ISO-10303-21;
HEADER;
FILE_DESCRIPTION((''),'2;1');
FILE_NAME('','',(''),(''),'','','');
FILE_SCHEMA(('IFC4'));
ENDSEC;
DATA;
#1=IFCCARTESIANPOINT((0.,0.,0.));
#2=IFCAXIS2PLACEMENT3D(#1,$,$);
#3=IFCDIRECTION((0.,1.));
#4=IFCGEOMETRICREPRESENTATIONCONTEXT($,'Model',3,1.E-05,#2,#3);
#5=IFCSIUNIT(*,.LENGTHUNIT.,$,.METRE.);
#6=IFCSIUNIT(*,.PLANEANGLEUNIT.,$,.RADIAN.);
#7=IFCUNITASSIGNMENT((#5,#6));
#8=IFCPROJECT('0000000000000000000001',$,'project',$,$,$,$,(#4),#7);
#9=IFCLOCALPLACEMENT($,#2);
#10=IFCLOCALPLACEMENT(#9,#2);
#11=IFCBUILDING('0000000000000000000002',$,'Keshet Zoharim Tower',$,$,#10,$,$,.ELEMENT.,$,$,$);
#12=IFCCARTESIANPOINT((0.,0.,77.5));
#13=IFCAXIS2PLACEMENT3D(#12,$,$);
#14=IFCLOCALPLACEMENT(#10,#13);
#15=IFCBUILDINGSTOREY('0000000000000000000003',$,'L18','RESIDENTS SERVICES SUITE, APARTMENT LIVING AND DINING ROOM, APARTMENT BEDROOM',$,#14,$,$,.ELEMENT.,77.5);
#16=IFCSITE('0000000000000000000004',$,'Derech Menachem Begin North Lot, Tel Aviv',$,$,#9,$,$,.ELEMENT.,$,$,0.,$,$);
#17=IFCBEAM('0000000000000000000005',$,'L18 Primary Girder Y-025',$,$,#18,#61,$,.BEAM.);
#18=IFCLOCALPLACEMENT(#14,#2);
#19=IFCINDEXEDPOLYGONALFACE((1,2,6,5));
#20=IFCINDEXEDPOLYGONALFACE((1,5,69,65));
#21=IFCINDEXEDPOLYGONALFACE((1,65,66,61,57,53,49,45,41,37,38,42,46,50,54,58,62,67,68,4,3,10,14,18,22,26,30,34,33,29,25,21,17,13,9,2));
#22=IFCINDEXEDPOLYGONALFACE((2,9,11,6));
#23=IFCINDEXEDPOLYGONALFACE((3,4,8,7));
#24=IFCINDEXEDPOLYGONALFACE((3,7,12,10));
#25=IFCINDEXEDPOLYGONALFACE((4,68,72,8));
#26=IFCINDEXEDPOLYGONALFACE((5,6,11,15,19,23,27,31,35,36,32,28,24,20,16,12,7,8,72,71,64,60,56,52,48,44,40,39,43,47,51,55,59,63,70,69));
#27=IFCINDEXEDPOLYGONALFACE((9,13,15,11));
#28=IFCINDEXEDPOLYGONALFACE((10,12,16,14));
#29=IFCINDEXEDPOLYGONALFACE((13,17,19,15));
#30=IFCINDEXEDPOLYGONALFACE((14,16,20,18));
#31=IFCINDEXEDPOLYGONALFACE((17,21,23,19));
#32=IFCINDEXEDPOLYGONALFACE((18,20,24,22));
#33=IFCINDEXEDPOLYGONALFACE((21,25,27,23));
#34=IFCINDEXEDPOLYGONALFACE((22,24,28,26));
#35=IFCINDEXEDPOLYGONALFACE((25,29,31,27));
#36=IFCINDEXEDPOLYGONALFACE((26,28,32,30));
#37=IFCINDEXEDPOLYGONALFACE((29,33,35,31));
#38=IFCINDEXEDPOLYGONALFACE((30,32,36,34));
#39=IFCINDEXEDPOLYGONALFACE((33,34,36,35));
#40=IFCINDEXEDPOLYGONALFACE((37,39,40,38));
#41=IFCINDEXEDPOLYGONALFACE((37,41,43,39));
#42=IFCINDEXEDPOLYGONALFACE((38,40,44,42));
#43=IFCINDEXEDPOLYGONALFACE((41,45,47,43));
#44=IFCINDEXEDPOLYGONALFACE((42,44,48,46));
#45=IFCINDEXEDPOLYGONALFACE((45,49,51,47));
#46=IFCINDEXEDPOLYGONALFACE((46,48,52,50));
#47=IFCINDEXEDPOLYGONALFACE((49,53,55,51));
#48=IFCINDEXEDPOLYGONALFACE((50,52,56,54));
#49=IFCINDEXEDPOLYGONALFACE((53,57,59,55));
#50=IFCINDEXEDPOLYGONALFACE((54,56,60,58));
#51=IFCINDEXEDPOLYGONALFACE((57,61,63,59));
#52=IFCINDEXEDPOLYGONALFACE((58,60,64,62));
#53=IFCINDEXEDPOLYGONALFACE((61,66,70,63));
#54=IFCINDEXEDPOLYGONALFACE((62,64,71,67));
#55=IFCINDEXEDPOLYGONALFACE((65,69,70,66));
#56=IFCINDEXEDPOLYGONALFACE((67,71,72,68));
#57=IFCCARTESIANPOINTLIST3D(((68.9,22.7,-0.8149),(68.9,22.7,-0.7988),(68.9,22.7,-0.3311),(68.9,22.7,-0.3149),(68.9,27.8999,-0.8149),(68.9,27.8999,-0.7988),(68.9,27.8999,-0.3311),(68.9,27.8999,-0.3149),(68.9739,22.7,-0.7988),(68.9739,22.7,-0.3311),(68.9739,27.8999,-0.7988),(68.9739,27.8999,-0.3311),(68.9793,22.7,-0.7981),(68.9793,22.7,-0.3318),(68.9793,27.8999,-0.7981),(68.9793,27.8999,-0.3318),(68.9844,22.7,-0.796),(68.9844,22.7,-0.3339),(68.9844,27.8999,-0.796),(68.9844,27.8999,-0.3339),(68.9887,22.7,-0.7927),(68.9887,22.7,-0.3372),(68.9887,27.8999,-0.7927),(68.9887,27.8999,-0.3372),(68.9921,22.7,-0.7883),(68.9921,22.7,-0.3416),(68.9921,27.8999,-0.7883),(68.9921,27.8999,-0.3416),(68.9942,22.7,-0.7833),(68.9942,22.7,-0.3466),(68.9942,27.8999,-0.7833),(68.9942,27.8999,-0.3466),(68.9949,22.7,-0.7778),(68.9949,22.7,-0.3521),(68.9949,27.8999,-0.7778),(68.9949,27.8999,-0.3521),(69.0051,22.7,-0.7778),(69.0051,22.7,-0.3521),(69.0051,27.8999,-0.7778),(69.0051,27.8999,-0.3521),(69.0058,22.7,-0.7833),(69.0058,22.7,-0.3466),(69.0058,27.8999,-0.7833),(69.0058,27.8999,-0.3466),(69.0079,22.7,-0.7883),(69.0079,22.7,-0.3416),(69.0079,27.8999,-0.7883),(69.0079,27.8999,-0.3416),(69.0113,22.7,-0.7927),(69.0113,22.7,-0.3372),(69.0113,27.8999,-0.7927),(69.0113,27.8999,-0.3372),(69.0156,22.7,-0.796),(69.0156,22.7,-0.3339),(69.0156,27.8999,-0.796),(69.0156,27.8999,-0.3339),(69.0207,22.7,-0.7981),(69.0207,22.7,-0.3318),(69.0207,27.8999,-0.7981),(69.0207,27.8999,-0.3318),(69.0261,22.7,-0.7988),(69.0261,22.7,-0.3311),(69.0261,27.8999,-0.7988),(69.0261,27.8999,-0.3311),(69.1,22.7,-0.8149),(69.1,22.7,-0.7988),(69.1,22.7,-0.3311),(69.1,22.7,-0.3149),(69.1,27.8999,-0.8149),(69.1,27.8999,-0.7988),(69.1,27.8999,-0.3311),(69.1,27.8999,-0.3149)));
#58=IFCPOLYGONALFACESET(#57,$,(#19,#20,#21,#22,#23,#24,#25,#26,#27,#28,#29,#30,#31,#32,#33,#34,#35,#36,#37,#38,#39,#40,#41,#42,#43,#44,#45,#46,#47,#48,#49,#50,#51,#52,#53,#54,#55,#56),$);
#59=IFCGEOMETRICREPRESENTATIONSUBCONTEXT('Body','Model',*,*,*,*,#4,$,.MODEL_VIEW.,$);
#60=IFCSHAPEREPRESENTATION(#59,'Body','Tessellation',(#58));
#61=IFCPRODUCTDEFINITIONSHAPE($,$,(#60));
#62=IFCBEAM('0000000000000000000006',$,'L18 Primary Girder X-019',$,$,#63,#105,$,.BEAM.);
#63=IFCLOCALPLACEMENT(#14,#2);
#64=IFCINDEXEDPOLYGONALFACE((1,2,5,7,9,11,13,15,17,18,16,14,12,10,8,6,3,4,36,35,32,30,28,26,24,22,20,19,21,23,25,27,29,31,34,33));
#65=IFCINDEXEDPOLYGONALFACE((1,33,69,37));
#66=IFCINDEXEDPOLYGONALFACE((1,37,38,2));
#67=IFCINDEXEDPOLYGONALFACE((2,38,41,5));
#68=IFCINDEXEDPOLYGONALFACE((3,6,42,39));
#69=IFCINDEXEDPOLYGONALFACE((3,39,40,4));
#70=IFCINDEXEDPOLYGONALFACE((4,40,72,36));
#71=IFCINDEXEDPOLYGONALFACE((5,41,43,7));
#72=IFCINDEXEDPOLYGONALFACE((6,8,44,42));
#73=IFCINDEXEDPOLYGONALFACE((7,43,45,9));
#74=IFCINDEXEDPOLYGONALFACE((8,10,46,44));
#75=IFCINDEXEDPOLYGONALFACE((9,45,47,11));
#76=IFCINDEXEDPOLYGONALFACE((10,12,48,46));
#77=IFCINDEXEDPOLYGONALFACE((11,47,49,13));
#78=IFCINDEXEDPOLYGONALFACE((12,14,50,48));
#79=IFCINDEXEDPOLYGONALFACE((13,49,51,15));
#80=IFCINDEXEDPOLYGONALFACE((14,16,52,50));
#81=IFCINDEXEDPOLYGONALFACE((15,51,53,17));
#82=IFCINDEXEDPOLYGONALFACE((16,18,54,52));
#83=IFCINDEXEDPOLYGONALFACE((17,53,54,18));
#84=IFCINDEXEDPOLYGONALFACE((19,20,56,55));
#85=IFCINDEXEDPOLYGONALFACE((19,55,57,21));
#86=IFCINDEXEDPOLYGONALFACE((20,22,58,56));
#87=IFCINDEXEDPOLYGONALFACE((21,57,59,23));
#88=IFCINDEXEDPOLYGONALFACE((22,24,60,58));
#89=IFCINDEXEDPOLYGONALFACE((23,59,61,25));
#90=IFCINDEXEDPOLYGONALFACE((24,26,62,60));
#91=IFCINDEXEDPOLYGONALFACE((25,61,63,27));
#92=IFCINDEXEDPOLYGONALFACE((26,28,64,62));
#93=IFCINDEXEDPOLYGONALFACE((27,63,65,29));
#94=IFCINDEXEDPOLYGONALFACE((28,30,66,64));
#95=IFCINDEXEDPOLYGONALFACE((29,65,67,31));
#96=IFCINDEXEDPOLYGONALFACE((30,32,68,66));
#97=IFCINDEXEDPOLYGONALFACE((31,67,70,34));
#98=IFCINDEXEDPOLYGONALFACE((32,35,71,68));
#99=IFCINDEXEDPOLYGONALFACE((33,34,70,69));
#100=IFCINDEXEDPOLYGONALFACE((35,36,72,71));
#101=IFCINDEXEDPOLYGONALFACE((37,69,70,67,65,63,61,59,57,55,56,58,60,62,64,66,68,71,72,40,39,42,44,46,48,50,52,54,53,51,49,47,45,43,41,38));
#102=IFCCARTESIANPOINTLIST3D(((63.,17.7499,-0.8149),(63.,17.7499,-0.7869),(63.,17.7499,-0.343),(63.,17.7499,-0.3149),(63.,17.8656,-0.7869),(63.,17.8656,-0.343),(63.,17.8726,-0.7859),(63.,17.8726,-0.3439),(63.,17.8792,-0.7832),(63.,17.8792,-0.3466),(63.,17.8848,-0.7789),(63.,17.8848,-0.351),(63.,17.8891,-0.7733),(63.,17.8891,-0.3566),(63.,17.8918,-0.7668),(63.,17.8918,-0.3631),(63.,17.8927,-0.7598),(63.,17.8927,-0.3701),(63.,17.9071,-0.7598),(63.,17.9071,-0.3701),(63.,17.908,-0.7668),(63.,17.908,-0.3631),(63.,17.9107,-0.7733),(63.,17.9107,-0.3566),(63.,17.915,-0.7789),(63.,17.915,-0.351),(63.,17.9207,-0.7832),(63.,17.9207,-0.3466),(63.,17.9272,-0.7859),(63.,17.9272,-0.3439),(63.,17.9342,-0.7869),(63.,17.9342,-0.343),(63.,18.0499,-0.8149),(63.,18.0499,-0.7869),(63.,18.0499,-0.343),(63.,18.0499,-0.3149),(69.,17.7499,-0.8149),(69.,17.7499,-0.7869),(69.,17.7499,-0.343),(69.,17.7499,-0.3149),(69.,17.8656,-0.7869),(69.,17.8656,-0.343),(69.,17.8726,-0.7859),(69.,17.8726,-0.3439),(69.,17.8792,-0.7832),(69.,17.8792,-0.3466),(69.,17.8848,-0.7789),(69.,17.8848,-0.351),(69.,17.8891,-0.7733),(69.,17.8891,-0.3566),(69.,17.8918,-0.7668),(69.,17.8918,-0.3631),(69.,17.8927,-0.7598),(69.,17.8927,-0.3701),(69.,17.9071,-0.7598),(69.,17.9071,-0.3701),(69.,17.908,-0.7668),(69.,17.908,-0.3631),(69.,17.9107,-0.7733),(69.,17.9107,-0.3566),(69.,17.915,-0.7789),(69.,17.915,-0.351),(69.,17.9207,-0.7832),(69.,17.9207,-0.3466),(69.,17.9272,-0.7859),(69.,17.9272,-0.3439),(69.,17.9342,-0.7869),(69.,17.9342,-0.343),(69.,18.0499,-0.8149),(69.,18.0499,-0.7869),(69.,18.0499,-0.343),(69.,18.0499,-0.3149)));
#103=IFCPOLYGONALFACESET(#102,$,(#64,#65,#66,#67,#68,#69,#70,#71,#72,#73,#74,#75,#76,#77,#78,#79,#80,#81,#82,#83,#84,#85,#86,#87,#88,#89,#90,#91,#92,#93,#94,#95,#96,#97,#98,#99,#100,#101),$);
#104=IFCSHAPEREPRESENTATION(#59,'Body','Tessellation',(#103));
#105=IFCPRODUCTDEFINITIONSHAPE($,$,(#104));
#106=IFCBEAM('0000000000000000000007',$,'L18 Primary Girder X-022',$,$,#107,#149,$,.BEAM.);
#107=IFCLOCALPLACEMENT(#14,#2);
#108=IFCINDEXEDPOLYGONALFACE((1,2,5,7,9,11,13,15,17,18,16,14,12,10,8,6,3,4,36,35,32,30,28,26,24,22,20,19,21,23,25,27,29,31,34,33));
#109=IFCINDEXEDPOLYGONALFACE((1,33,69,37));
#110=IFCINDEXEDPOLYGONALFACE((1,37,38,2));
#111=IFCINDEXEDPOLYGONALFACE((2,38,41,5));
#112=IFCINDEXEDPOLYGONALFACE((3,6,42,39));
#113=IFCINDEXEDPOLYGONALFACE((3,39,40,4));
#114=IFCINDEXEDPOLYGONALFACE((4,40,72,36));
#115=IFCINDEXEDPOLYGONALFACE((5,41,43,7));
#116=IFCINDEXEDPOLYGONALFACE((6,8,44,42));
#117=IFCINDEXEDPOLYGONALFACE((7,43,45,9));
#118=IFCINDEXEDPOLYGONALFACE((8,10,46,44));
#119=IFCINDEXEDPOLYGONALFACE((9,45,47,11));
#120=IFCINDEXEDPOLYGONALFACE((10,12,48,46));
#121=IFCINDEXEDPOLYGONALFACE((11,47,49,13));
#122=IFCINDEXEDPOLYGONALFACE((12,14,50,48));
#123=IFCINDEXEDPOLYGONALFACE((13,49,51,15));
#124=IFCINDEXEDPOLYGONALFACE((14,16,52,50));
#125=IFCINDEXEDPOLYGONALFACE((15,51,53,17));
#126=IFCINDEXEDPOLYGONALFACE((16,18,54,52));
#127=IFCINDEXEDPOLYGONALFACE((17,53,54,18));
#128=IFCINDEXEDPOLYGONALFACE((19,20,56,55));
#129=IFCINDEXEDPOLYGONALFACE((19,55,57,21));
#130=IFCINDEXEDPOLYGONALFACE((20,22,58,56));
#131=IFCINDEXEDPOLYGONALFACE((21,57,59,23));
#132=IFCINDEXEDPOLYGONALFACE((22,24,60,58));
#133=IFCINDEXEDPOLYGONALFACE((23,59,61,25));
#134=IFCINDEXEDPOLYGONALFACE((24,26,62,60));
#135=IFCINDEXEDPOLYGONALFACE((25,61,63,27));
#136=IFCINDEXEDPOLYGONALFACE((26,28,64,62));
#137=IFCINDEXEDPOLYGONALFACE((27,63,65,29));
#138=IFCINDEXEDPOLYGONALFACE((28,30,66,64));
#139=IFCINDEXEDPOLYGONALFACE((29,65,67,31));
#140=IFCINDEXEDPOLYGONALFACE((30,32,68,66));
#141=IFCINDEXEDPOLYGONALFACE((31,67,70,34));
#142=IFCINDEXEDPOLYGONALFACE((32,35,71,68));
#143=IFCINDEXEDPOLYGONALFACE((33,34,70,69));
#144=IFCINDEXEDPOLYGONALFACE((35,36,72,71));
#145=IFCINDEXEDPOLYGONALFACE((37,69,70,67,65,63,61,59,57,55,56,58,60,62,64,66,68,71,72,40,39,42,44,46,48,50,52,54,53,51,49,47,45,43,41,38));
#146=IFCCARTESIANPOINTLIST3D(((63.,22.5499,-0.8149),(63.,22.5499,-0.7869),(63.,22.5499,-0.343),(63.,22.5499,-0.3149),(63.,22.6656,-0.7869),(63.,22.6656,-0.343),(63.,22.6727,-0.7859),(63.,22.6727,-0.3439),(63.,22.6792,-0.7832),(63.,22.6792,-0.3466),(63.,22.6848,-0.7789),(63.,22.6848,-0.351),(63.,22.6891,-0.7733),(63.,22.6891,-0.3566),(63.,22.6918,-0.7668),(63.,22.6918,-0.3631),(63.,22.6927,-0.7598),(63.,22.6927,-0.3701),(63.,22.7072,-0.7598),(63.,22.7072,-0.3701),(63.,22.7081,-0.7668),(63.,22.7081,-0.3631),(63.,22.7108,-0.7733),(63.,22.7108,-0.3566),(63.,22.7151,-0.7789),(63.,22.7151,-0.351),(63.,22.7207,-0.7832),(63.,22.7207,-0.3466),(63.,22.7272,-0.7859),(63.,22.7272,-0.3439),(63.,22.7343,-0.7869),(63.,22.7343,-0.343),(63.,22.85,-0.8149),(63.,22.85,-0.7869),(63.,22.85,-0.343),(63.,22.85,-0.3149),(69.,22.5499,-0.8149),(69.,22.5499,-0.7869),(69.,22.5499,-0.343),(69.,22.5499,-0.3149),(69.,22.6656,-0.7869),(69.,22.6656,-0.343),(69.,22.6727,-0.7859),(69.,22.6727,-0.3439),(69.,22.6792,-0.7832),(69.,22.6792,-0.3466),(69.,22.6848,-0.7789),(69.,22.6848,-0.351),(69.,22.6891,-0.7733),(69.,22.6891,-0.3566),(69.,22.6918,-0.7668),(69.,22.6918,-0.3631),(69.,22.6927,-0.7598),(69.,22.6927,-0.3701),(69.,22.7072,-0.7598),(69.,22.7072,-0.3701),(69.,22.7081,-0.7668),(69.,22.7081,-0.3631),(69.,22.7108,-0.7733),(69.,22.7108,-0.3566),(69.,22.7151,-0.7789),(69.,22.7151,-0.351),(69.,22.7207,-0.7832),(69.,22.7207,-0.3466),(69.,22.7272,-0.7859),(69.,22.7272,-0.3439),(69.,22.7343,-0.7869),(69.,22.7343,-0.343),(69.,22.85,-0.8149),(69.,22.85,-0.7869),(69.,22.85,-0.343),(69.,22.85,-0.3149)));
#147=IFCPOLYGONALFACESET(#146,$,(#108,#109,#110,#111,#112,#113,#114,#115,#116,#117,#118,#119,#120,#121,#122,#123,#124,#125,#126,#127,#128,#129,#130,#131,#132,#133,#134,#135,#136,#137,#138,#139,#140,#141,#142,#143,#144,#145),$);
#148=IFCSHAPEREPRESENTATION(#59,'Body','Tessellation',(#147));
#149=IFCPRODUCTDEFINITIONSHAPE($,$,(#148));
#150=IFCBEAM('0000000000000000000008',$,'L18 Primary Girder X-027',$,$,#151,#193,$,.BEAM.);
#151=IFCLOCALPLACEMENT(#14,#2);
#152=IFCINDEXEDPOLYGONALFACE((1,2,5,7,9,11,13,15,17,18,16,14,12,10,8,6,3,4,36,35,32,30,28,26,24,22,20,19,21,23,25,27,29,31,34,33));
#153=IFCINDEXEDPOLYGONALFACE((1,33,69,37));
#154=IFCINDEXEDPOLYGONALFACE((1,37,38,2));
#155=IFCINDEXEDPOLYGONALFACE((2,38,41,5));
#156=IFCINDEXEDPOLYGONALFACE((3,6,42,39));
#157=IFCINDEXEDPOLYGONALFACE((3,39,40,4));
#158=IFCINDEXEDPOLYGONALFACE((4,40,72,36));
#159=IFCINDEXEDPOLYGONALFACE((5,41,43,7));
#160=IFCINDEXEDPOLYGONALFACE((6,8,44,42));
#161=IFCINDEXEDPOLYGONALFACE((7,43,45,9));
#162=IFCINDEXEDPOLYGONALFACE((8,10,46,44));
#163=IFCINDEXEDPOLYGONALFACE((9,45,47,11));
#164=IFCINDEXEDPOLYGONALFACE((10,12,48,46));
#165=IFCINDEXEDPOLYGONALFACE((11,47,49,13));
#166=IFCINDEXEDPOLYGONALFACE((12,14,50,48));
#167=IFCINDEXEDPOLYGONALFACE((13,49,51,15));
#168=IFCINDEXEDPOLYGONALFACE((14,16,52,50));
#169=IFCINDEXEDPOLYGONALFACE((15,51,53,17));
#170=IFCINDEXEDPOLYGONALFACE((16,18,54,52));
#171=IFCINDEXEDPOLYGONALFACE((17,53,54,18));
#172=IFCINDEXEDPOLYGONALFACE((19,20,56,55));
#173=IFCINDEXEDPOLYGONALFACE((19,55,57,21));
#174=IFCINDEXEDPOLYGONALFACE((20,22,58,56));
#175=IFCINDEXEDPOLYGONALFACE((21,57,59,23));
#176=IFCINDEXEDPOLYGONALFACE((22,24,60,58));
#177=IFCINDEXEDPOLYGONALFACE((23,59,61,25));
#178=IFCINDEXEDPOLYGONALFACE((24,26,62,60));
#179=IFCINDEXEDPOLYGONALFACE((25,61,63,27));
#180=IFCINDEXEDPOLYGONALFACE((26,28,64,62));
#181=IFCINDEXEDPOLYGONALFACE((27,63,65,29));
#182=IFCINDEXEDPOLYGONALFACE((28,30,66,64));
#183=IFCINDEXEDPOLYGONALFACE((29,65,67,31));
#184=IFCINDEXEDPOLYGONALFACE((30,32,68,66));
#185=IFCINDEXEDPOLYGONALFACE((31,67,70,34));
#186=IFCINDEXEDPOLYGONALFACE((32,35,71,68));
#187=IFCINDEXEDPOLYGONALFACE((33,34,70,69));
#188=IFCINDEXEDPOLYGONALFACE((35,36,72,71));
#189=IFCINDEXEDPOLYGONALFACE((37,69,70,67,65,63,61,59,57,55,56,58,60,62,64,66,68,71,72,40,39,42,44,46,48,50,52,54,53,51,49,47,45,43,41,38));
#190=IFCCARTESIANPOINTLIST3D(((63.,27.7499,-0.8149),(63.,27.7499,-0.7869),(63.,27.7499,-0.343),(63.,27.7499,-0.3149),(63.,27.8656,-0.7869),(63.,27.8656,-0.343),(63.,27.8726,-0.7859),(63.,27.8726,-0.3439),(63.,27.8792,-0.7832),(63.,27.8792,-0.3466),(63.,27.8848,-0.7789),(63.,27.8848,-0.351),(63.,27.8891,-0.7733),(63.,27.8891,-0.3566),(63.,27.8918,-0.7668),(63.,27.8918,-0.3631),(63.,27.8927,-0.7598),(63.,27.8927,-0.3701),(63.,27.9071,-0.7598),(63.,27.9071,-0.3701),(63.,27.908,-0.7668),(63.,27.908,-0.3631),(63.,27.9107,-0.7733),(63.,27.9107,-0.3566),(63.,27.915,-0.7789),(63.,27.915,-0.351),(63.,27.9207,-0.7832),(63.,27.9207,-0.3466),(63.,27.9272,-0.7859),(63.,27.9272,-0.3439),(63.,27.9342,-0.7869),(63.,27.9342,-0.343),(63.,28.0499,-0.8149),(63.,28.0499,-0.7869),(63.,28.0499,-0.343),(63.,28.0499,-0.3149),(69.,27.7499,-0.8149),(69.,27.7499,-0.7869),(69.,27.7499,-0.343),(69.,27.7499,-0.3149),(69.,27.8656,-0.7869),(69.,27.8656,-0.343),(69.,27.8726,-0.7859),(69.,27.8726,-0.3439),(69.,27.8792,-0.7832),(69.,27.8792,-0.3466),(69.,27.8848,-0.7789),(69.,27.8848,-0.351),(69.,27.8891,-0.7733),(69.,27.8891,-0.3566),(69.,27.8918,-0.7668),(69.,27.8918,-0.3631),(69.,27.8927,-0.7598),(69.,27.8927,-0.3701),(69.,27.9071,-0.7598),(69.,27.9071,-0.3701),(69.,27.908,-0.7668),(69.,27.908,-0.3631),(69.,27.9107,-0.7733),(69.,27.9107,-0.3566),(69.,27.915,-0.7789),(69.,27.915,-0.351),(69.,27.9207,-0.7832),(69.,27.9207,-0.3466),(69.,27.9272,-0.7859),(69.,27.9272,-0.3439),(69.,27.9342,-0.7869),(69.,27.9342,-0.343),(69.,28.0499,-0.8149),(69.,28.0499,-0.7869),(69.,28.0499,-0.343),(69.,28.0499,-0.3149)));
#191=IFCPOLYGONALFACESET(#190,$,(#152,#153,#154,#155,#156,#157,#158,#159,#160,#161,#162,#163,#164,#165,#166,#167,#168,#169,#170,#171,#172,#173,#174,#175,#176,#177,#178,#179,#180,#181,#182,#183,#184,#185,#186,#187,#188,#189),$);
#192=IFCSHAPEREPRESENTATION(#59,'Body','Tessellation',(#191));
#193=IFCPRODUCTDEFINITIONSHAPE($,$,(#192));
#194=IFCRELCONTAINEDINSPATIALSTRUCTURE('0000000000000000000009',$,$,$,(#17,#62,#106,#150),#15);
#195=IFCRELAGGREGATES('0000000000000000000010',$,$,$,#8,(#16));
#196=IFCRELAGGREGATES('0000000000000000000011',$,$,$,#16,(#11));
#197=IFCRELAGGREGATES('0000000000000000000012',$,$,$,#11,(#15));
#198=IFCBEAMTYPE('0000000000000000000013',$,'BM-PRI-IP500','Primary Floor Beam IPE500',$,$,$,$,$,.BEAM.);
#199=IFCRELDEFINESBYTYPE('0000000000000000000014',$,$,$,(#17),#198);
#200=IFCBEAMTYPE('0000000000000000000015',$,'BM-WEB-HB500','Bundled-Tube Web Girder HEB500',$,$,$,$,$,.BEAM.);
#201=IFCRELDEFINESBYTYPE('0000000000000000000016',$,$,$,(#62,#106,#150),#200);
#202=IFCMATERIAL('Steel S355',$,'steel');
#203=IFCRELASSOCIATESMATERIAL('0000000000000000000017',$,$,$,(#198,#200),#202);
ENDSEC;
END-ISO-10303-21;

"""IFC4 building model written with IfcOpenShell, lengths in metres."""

from ifc_helpers import new_model, si_unit, direction, frame, origin, origin_2d, place, context, subcontext, project, spatial, i_section, extrude, material, material_profile, profile_set, type_object, element, save


model = new_model("IFC4")

# Units and contexts
model_context = context("Model", 3, precision=1e-05, world=origin(), true_north=direction((0.0, 1.0)))
body_context = subcontext(model_context, "Body", "Model", "MODEL_VIEW")
ifc_project = project(units=[si_unit("LENGTHUNIT", "METRE"), si_unit("PLANEANGLEUNIT", "RADIAN")], contexts=[model_context])

# Site, building, storey
site_placement = place(None, origin())
site = spatial("IfcSite", under=ifc_project, at=site_placement, Name="Derech Menachem Begin North Lot, Tel Aviv", CompositionType="ELEMENT", RefElevation=0.0)
building_placement = place(site_placement, origin())
building = spatial("IfcBuilding", under=site, at=building_placement, Name="Keshet Zoharim Tower", CompositionType="ELEMENT")
storey_placement = place(building_placement, frame((0.0, 0.0, 77.5)))
storey = spatial("IfcBuildingStorey", under=building, at=storey_placement, Name="L18", Description="RESIDENTS SERVICES SUITE, APARTMENT LIVING AND DINING ROOM, APARTMENT BEDROOM", CompositionType="ELEMENT", Elevation=77.5)

# Shared definitions
ifc_material_1 = material(Name="Steel S355", Category="steel")

# Beams
ifc_material_profile_1 = material_profile(ifc_material_1, i_section(OverallWidth=0.2, OverallDepth=0.5, WebThickness=0.0103, FlangeThickness=0.0161, FilletRadius=0.021, at=origin_2d()), Name="IPE500")
ifc_profile_set_1 = profile_set([ifc_material_profile_1], Name="Steel S355")
beam_type_1 = type_object("IfcBeamType", Name="BM-PRI-IP500", Description="Primary Floor Beam IPE500", PredefinedType="BEAM", material=ifc_profile_set_1)
beam_1_placement = place(storey_placement, frame((69.0, 22.7, -0.5649), z_axis=(0.0, 1.0, 0.0), x_axis=(-1.0, 0.0, 0.0)))
element("IfcBeam", 1, at=beam_1_placement, inside=storey, type_object=beam_type_1, Name="L18 Primary Girder Y-025", PredefinedType="BEAM", context=body_context, shape_type="SweptSolid", body=[
    extrude(i_section(OverallWidth=0.2, OverallDepth=0.5, WebThickness=0.0103, FlangeThickness=0.0161, FilletRadius=0.021, at=origin_2d()), origin(), (0.0, 0.0, 1.0), 5.2),
])
ifc_material_profile_2 = material_profile(ifc_material_1, i_section(OverallWidth=0.3, OverallDepth=0.5, WebThickness=0.0144, FlangeThickness=0.0281, FilletRadius=0.0271, at=origin_2d()), Name="HEB500")
ifc_profile_set_2 = profile_set([ifc_material_profile_2], Name="Steel S355")
beam_type_2 = type_object("IfcBeamType", Name="BM-WEB-HB500", Description="Bundled-Tube Web Girder HEB500", PredefinedType="BEAM", material=ifc_profile_set_2)
for number, where, z_axis, x_axis, name in (
    (2, (63.0, 17.8999, -0.5649), (1.0, 0.0, 0.0), (0.0, 1.0, 0.0), "L18 Primary Girder X-019"),
    (3, (63.0, 22.7, -0.5649), (1.0, 0.0, 0.0), (0.0, 1.0, 0.0), "L18 Primary Girder X-022"),
    (4, (63.0, 27.8999, -0.5649), (1.0, 0.0, 0.0), (0.0, 1.0, 0.0), "L18 Primary Girder X-027"),
):
    element("IfcBeam", number, at=place(storey_placement, frame(where, z_axis=z_axis, x_axis=x_axis)), inside=storey, type_object=beam_type_2, Name=name, PredefinedType="BEAM", context=body_context, shape_type="SweptSolid", body=[
        extrude(i_section(OverallWidth=0.3, OverallDepth=0.5, WebThickness=0.0144, FlangeThickness=0.0281, FilletRadius=0.0271, at=origin_2d()), origin(), (0.0, 0.0, 1.0), 6.0),
    ])

save(model, "model.ifc")
